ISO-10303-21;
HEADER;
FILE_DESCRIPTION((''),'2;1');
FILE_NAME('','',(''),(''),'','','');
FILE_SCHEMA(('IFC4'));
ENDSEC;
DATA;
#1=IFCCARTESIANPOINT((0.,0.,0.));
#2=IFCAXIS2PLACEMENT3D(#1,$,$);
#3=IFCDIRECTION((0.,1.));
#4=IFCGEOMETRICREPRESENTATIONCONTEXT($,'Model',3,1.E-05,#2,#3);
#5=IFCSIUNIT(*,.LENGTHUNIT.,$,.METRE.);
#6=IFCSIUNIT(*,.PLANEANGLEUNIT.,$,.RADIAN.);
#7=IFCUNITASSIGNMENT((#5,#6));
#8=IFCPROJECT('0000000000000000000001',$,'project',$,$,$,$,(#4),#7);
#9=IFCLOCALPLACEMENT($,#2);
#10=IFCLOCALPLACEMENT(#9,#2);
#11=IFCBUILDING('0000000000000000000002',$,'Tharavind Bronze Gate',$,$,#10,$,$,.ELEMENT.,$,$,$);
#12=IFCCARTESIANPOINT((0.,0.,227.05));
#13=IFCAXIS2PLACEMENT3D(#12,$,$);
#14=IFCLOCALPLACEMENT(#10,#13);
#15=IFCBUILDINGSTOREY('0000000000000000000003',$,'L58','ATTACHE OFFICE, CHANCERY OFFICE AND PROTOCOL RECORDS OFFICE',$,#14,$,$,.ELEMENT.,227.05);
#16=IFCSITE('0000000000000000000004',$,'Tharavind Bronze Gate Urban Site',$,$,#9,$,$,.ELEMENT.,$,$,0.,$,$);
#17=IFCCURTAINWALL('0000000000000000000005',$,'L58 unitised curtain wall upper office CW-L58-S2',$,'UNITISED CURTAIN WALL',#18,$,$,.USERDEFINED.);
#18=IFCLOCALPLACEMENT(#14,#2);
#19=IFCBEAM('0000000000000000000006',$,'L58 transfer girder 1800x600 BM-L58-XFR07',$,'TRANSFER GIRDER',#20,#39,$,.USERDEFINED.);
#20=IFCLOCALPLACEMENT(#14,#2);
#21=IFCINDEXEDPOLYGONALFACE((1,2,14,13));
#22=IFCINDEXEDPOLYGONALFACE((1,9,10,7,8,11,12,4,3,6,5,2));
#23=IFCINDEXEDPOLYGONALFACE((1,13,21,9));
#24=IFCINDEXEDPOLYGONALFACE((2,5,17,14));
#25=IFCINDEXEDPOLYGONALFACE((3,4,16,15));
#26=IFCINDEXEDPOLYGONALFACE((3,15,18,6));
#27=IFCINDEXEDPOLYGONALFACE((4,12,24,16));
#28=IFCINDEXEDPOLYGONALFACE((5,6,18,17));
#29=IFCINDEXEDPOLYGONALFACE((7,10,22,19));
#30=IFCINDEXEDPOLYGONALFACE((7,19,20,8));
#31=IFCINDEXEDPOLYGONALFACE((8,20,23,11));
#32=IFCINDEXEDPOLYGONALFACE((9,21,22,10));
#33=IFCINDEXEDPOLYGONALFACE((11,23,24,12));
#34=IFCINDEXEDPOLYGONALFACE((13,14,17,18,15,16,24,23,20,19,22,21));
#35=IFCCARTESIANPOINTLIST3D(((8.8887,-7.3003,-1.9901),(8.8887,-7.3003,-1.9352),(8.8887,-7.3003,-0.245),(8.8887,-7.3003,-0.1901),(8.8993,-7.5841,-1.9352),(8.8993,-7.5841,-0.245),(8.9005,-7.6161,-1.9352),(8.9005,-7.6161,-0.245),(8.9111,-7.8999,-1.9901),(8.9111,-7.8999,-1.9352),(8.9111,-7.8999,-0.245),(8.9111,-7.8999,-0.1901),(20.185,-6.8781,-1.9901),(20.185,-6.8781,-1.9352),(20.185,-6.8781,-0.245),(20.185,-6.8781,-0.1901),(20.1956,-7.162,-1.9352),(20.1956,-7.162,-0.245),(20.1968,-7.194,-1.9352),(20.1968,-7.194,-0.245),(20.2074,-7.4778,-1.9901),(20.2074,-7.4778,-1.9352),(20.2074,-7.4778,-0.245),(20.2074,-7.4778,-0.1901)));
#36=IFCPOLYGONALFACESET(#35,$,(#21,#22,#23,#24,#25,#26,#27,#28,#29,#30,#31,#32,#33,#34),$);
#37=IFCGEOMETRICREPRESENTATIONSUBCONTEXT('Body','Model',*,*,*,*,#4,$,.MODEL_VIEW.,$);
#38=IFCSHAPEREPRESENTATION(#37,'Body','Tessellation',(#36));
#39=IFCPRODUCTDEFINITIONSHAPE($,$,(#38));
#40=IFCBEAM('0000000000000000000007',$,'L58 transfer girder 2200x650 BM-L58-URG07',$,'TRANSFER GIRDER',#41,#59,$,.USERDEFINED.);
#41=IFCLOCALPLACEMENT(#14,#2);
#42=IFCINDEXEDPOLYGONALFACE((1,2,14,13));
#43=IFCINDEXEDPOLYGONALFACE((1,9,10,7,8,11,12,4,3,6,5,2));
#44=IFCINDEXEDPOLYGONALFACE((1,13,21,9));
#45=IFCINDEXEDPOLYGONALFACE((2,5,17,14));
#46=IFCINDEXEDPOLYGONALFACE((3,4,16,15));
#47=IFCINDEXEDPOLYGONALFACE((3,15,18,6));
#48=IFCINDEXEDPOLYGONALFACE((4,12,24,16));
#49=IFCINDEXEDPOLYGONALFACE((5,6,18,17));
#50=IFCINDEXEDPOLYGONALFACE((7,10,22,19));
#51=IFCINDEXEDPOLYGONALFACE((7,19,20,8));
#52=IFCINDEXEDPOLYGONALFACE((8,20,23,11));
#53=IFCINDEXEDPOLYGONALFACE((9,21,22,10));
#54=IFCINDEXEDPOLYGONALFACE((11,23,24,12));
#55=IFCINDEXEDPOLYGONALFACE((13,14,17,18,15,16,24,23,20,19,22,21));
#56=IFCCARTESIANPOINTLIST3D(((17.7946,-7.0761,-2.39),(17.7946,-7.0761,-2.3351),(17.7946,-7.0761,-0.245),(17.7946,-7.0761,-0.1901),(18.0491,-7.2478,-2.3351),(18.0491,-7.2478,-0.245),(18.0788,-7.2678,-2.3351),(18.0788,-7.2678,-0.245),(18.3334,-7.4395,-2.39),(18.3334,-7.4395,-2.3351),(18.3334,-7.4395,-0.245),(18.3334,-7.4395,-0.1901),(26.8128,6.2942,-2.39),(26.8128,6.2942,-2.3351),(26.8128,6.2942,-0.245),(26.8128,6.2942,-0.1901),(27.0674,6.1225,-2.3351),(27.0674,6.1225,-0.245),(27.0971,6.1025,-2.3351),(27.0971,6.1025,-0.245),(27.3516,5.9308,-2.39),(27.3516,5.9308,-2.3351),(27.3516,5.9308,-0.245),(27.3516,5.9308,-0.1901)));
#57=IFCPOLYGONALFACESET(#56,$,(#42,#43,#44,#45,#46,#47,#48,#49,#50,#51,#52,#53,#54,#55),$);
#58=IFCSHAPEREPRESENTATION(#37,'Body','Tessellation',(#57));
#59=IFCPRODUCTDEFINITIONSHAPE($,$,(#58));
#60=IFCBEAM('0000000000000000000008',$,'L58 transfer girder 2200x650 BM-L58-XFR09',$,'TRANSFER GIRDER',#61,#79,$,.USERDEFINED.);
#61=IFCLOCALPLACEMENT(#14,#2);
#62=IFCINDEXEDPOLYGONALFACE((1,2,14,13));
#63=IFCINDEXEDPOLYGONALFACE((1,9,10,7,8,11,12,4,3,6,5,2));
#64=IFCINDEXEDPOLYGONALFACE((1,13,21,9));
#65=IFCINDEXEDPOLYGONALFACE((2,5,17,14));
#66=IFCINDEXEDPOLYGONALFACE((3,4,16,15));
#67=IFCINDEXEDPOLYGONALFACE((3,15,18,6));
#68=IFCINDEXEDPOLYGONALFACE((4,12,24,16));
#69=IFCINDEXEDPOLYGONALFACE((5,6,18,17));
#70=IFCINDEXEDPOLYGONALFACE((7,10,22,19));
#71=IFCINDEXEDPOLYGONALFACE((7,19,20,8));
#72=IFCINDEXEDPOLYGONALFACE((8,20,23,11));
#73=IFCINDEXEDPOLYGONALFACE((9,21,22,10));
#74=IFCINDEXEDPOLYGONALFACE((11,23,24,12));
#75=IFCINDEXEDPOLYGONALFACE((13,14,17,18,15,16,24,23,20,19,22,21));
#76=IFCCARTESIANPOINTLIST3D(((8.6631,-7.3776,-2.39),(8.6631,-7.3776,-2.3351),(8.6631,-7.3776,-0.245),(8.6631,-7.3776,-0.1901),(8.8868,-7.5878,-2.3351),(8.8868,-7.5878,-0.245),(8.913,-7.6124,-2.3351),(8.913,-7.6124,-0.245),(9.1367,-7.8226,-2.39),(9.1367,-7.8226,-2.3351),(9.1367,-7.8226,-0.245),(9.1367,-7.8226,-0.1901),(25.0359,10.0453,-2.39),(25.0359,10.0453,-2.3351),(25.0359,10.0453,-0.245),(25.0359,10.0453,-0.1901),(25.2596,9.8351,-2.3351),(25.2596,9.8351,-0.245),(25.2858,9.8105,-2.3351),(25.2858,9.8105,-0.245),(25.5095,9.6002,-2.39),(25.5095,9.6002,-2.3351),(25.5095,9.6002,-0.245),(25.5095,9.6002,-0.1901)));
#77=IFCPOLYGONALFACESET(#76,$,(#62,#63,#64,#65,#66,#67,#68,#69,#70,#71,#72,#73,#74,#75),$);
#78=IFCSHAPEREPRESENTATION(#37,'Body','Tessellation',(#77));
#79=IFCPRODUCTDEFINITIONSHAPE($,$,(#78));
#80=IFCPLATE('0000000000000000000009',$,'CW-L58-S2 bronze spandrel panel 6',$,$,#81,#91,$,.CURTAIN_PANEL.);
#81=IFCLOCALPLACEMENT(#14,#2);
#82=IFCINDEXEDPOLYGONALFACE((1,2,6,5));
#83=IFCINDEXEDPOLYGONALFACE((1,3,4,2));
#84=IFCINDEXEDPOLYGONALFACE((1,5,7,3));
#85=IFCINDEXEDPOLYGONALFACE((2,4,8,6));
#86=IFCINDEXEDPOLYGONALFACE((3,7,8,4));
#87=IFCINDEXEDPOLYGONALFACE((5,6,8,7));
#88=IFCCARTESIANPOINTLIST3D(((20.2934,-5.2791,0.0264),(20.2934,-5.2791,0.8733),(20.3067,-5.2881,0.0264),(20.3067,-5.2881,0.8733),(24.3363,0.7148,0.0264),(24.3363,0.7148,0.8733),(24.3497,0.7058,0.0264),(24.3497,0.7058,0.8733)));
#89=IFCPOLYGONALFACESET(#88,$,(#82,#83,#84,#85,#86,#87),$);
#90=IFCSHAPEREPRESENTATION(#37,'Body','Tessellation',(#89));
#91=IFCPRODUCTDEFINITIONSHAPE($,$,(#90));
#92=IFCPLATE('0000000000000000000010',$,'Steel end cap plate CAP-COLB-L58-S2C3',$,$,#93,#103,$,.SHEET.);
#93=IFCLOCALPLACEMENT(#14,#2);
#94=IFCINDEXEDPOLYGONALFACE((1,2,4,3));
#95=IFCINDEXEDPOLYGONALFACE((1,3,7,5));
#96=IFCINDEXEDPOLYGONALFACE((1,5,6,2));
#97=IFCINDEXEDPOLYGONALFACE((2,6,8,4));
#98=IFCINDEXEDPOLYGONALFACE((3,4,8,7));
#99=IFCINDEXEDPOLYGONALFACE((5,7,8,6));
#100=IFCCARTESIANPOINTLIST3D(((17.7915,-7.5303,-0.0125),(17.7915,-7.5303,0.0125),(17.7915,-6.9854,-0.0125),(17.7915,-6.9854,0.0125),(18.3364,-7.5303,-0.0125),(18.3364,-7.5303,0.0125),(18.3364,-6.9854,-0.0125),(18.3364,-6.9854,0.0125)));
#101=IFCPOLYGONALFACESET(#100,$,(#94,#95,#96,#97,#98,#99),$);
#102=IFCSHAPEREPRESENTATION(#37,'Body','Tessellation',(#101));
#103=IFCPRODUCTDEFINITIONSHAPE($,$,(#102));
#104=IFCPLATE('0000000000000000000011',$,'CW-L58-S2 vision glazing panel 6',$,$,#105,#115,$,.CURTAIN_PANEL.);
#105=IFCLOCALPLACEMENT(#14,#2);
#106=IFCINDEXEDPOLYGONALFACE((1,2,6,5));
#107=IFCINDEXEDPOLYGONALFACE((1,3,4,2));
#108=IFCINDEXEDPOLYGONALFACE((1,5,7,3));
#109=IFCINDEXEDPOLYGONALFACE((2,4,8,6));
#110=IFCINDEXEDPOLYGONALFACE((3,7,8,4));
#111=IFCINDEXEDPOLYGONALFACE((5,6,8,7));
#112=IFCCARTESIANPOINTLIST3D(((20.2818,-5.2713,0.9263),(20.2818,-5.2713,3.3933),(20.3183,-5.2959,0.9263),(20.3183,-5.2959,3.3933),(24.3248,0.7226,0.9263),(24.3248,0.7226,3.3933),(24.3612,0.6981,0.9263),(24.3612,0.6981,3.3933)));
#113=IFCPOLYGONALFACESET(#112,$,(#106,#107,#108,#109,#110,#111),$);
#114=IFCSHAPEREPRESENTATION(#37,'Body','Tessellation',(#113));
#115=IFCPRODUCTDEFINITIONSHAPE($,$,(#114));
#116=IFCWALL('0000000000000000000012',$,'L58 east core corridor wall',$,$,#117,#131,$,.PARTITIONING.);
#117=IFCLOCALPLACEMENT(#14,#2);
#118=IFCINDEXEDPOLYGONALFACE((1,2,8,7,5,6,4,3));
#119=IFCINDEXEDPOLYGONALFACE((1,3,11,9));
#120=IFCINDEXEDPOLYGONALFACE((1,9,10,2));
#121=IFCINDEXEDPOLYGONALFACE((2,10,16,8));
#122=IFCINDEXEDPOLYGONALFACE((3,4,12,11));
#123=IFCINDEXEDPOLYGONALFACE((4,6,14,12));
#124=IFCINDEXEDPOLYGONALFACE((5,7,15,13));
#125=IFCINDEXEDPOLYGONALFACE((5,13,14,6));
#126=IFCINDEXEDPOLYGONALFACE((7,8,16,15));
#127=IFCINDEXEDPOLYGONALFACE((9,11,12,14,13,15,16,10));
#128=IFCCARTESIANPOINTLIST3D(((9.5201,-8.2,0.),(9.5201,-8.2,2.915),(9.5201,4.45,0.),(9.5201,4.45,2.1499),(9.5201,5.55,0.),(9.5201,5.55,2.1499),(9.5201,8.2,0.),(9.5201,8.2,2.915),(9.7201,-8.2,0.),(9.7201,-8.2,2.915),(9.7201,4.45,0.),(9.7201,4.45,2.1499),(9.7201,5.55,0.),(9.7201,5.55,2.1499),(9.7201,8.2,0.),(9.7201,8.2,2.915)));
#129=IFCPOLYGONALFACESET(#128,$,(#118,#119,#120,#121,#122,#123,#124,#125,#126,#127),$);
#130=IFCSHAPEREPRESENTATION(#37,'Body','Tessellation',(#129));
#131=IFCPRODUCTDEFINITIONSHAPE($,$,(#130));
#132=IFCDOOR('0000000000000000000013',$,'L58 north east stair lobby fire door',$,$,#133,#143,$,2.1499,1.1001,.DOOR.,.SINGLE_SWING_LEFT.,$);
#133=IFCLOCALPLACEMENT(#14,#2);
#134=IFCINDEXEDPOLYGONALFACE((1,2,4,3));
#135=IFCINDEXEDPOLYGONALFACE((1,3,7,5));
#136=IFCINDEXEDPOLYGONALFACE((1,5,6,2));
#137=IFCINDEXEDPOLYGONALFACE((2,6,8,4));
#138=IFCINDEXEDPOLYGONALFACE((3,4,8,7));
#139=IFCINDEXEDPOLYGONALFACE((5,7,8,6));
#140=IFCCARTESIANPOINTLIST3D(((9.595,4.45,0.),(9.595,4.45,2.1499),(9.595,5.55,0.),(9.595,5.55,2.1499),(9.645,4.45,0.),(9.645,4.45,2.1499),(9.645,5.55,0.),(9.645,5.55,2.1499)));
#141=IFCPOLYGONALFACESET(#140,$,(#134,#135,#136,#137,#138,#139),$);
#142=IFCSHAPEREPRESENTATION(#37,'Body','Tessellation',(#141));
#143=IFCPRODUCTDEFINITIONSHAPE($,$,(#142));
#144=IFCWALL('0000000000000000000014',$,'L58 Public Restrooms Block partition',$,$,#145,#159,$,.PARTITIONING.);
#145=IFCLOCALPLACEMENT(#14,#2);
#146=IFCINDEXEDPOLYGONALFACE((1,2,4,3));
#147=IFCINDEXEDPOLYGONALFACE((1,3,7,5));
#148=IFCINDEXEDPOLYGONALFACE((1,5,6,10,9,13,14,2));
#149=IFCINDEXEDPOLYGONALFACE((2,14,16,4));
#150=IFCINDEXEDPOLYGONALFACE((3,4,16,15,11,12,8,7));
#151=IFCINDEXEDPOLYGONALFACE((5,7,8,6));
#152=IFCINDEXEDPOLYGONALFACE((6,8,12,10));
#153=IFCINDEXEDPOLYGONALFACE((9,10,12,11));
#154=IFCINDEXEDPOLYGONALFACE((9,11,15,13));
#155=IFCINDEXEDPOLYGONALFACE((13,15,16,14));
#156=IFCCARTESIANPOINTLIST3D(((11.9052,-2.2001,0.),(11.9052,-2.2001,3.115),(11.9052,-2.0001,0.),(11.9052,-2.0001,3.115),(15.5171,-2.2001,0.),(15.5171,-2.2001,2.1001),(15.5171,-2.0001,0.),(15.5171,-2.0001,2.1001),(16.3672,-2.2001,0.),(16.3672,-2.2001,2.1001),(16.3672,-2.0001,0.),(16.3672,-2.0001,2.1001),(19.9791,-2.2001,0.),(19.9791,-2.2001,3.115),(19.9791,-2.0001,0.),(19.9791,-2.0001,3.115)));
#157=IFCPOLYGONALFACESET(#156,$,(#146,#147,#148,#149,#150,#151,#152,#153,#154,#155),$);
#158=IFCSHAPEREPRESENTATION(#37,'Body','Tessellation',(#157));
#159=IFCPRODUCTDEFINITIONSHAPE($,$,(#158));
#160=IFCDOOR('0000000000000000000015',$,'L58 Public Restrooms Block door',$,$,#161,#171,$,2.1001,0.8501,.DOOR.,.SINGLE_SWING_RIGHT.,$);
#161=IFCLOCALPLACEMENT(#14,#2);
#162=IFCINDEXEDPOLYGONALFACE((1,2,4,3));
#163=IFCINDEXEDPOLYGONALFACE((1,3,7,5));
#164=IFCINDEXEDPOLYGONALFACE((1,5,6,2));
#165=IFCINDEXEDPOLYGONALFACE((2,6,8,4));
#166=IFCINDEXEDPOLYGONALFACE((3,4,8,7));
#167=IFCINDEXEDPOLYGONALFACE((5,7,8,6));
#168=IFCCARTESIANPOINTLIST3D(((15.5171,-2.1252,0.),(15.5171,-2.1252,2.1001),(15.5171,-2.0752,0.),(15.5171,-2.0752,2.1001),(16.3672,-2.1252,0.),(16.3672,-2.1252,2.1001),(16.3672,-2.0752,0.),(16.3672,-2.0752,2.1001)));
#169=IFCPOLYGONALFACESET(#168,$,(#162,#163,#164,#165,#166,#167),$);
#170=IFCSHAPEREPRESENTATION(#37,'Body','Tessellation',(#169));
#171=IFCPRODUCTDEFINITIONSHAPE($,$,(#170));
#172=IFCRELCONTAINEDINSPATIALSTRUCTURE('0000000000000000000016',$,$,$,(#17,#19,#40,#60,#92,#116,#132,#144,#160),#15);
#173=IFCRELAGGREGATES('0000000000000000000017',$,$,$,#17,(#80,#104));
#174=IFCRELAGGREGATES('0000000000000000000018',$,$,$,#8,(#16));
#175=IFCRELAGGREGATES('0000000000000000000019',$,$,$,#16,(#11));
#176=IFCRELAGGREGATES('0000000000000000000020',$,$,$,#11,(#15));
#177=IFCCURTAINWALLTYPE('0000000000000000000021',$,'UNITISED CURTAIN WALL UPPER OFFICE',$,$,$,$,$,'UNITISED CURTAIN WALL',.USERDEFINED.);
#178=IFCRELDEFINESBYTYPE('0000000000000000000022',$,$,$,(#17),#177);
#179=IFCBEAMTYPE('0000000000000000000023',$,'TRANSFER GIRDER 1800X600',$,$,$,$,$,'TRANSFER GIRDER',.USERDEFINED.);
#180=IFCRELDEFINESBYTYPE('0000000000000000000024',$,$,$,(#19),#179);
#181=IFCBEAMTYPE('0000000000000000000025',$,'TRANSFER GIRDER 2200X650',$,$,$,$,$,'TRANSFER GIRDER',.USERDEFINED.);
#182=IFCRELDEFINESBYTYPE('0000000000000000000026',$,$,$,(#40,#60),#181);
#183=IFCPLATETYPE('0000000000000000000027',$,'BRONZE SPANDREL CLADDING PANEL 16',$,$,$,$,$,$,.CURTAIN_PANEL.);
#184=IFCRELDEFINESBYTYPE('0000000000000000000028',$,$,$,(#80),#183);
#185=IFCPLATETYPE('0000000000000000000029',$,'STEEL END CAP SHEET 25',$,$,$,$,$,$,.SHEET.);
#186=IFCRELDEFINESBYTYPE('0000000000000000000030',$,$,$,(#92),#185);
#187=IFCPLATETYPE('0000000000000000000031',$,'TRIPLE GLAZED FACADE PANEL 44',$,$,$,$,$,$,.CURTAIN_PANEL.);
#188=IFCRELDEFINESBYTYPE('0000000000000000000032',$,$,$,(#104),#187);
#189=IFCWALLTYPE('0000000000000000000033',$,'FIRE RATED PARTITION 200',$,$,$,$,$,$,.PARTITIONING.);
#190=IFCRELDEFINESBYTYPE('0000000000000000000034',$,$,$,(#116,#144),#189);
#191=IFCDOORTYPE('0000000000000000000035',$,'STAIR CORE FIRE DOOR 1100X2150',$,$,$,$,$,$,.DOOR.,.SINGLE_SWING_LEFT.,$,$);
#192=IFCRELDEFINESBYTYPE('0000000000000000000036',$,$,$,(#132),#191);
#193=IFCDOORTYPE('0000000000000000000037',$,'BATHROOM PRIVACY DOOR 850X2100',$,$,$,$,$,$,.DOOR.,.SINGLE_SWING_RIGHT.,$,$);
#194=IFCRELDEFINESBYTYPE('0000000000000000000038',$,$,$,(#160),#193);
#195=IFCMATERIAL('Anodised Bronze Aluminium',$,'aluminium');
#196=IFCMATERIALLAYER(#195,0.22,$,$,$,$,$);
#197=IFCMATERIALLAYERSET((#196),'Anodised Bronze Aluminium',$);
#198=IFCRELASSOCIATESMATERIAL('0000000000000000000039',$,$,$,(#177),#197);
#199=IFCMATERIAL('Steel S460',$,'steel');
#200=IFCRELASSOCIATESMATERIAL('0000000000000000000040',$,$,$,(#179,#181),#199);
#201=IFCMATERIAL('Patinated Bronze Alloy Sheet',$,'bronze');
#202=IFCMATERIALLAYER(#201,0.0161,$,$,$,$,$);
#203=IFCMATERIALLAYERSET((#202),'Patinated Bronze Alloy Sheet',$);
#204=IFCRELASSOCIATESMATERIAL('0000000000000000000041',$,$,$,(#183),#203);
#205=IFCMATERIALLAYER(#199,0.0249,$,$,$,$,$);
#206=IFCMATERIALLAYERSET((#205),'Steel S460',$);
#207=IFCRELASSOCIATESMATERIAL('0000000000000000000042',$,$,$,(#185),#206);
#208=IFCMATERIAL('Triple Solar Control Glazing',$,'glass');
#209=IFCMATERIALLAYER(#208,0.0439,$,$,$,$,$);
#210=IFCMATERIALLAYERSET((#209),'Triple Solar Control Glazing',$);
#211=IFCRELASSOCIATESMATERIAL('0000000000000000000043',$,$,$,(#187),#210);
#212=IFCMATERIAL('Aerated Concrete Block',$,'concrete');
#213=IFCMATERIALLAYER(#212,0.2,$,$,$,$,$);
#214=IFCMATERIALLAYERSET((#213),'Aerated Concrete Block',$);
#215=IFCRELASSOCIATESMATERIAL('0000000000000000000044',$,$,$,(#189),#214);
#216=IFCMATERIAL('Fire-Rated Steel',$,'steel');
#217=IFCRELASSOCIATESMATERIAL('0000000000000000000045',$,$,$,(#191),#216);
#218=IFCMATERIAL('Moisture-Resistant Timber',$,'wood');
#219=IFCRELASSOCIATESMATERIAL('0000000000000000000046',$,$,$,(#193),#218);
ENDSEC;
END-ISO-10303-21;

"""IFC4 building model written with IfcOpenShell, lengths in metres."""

from ifc_helpers import new_model, si_unit, direction, frame, frame_2d, origin, origin_2d, place, context, subcontext, project, spatial, rectangle, i_section, extrude, material, layer, layer_set, material_profile, profile_set, type_object, element, fill, aggregate, save


model = new_model("IFC4")

# Units and contexts
model_context = context("Model", 3, precision=1e-05, world=origin(), true_north=direction((0.0, 1.0)))
body_context = subcontext(model_context, "Body", "Model", "MODEL_VIEW")
ifc_project = project(units=[si_unit("LENGTHUNIT", "METRE"), si_unit("PLANEANGLEUNIT", "RADIAN")], contexts=[model_context])

# Site, building, storey
site_placement = place(None, origin())
site = spatial("IfcSite", under=ifc_project, at=site_placement, Name="Tharavind Bronze Gate Urban Site", CompositionType="ELEMENT", RefElevation=0.0)
building_placement = place(site_placement, origin())
building = spatial("IfcBuilding", under=site, at=building_placement, Name="Tharavind Bronze Gate", CompositionType="ELEMENT")
storey_placement = place(building_placement, frame((0.0, 0.0, 227.05)))
storey = spatial("IfcBuildingStorey", under=building, at=storey_placement, Name="L58", Description="ATTACHE OFFICE, CHANCERY OFFICE AND PROTOCOL RECORDS OFFICE", CompositionType="ELEMENT", Elevation=227.05)

# Shared definitions
ifc_material_1 = material(Name="Steel S460", Category="steel")

# Curtain wall
ifc_material_2 = material(Name="Anodised Bronze Aluminium", Category="aluminium")
ifc_layer_1 = layer(ifc_material_2, 0.22)
ifc_layer_set_1 = layer_set([ifc_layer_1], Name="Anodised Bronze Aluminium")
curtain_wall_type = type_object("IfcCurtainWallType", Name="UNITISED CURTAIN WALL UPPER OFFICE", ElementType="UNITISED CURTAIN WALL", PredefinedType="USERDEFINED", material=ifc_layer_set_1)
curtain_wall_placement = place(storey_placement, origin())
curtain_wall = element("IfcCurtainWall", 1, at=curtain_wall_placement, inside=storey, type_object=curtain_wall_type, Name="L58 unitised curtain wall upper office CW-L58-S2", ObjectType="UNITISED CURTAIN WALL", PredefinedType="USERDEFINED")

# Beams
ifc_material_profile_1 = material_profile(ifc_material_1, i_section(OverallWidth=0.6001, OverallDepth=1.8, WebThickness=0.032, FlangeThickness=0.0549, at=origin_2d()), Name="PG1800X600")
ifc_profile_set_1 = profile_set([ifc_material_profile_1], Name="Steel S460")
beam_type_1 = type_object("IfcBeamType", Name="TRANSFER GIRDER 1800X600", ElementType="TRANSFER GIRDER", PredefinedType="USERDEFINED", material=ifc_profile_set_1)
beam_1_placement = place(storey_placement, frame((8.8999, -7.6001, -1.0901), z_axis=(0.999303, 0.037342, 0.0), x_axis=(-0.037342, 0.999303, 0.0)))
element("IfcBeam", 2, at=beam_1_placement, inside=storey, type_object=beam_type_1, Name="L58 transfer girder 1800x600 BM-L58-XFR07", ObjectType="TRANSFER GIRDER", PredefinedType="USERDEFINED", context=body_context, shape_type="SweptSolid", body=[
    extrude(i_section(OverallWidth=0.6001, OverallDepth=1.8, WebThickness=0.032, FlangeThickness=0.0549, at=origin_2d()), origin(), (0.0, 0.0, 1.0), 11.3042),
])
ifc_material_profile_2 = material_profile(ifc_material_1, i_section(OverallWidth=0.6499, OverallDepth=2.2, WebThickness=0.0359, FlangeThickness=0.0549, at=origin_2d()), Name="PG2200X650")
ifc_profile_set_2 = profile_set([ifc_material_profile_2], Name="Steel S460")
beam_type_2 = type_object("IfcBeamType", Name="TRANSFER GIRDER 2200X650", ElementType="TRANSFER GIRDER", PredefinedType="USERDEFINED", material=ifc_profile_set_2)
beam_2_placement = place(storey_placement, frame((18.064, -7.2578, -1.29), z_axis=(0.559188, 0.829041, 0.0), x_axis=(-0.829041, 0.559188, 0.0)))
element("IfcBeam", 3, at=beam_2_placement, inside=storey, type_object=beam_type_2, Name="L58 transfer girder 2200x650 BM-L58-URG07", ObjectType="TRANSFER GIRDER", PredefinedType="USERDEFINED", context=body_context, shape_type="SweptSolid", body=[
    extrude(i_section(OverallWidth=0.6499, OverallDepth=2.2, WebThickness=0.0359, FlangeThickness=0.0549, at=origin_2d()), origin(), (0.0, 0.0, 1.0), 16.1274),
])
beam_3_placement = place(storey_placement, frame((8.8999, -7.6001, -1.29), z_axis=(0.684806, 0.728725, 0.0), x_axis=(-0.728725, 0.684806, 0.0)))
element("IfcBeam", 4, at=beam_3_placement, inside=storey, type_object=beam_type_2, Name="L58 transfer girder 2200x650 BM-L58-XFR09", ObjectType="TRANSFER GIRDER", PredefinedType="USERDEFINED", context=body_context, shape_type="SweptSolid", body=[
    extrude(i_section(OverallWidth=0.6499, OverallDepth=2.2, WebThickness=0.0359, FlangeThickness=0.0549, at=origin_2d()), origin(), (0.0, 0.0, 1.0), 23.9087),
])

# Plates
ifc_material_3 = material(Name="Patinated Bronze Alloy Sheet", Category="bronze")
ifc_layer_2 = layer(ifc_material_3, 0.0161)
ifc_layer_set_2 = layer_set([ifc_layer_2], Name="Patinated Bronze Alloy Sheet")
plate_type_1 = type_object("IfcPlateType", Name="BRONZE SPANDREL CLADDING PANEL 16", PredefinedType="CURTAIN_PANEL", material=ifc_layer_set_2)
plate_1_placement = place(storey_placement, frame((22.3215, -2.2866, 0.0264), z_axis=(0.0, 0.0, 1.0), x_axis=(0.559193, 0.829038, 0.0)))
plate_1 = element("IfcPlate", 5, at=plate_1_placement, type_object=plate_type_1, Name="CW-L58-S2 bronze spandrel panel 6", PredefinedType="CURTAIN_PANEL", context=body_context, shape_type="SweptSolid", body=[
    extrude(rectangle(XDim=7.23, YDim=0.0161, at=origin_2d()), origin(), (0.0, 0.0, 1.0), 0.8469),
])
ifc_layer_3 = layer(ifc_material_1, 0.0249)
ifc_layer_set_3 = layer_set([ifc_layer_3], Name="Steel S460")
plate_type_2 = type_object("IfcPlateType", Name="STEEL END CAP SHEET 25", PredefinedType="SHEET", material=ifc_layer_set_3)
plate_2_placement = place(storey_placement, frame((18.064, -7.2578, -0.0125), z_axis=(0.0, 0.0, 1.0), x_axis=(1.0, 0.0, 0.0)))
element("IfcPlate", 6, at=plate_2_placement, inside=storey, type_object=plate_type_2, Name="Steel end cap plate CAP-COLB-L58-S2C3", PredefinedType="SHEET", context=body_context, shape_type="SweptSolid", body=[
    extrude(rectangle(XDim=0.5449, YDim=0.5449, at=origin_2d()), origin(), (0.0, 0.0, 1.0), 0.0249),
])
ifc_material_4 = material(Name="Triple Solar Control Glazing", Category="glass")
ifc_layer_4 = layer(ifc_material_4, 0.0439)
ifc_layer_set_4 = layer_set([ifc_layer_4], Name="Triple Solar Control Glazing")
plate_type_3 = type_object("IfcPlateType", Name="TRIPLE GLAZED FACADE PANEL 44", PredefinedType="CURTAIN_PANEL", material=ifc_layer_set_4)
plate_3_placement = place(storey_placement, frame((22.3215, -2.2866, 0.9263), z_axis=(0.0, 0.0, 1.0), x_axis=(0.559193, 0.829038, 0.0)))
plate_3 = element("IfcPlate", 7, at=plate_3_placement, type_object=plate_type_3, Name="CW-L58-S2 vision glazing panel 6", PredefinedType="CURTAIN_PANEL", context=body_context, shape_type="SweptSolid", body=[
    extrude(rectangle(XDim=7.23, YDim=0.0439, at=origin_2d()), origin(), (0.0, 0.0, 1.0), 2.467),
])
aggregate(curtain_wall, [plate_1, plate_3])

# Walls, openings, doors
ifc_material_5 = material(Name="Aerated Concrete Block", Category="concrete")
ifc_layer_5 = layer(ifc_material_5, 0.2)
ifc_layer_set_5 = layer_set([ifc_layer_5], Name="Aerated Concrete Block")
wall_type_1 = type_object("IfcWallType", Name="FIRE RATED PARTITION 200", PredefinedType="PARTITIONING", material=ifc_layer_set_5)
wall_1_placement = place(storey_placement, frame((9.6201, -8.2, 0.0), z_axis=(0.0, 0.0, 1.0), x_axis=(0.0, 1.0, 0.0)))
wall_1 = element("IfcWall", 8, at=wall_1_placement, inside=storey, type_object=wall_type_1, Name="L58 east core corridor wall", PredefinedType="PARTITIONING", context=body_context, shape_type="SweptSolid", body=[
    extrude(rectangle(XDim=16.3999, YDim=0.2, at=frame_2d((8.2, 0.0))), origin(), (0.0, 0.0, 1.0), 2.915),
])
opening_1_placement = place(wall_1_placement, frame((12.6499, 0.0, 0.0)))
opening_1 = element("IfcOpeningElement", 9, at=opening_1_placement, cuts=wall_1, PredefinedType="OPENING", context=body_context, shape_type="SweptSolid", body=[
    extrude(rectangle(XDim=1.1001, YDim=2.1499, at=frame_2d((0.55, 1.075))), frame((0.0, 0.1101, 0.0), z_axis=(0.0, -1.0, 0.0), x_axis=(1.0, 0.0, 0.0)), (0.0, 0.0, 1.0), 0.22),
])
ifc_material_6 = material(Name="Fire-Rated Steel", Category="steel")
door_type_1 = type_object("IfcDoorType", Name="STAIR CORE FIRE DOOR 1100X2150", OperationType="SINGLE_SWING_LEFT", PredefinedType="DOOR", material=ifc_material_6)
door_1_placement = place(opening_1_placement, frame((1.1001, 0.0, 0.0), z_axis=(0.0, 0.0, 1.0), x_axis=(-1.0, 0.0, 0.0)))
door_1 = element("IfcDoor", 10, at=door_1_placement, inside=storey, type_object=door_type_1, Name="L58 north east stair lobby fire door", OperationType="SINGLE_SWING_LEFT", OverallHeight=2.1499, OverallWidth=1.1001, PredefinedType="DOOR", context=body_context, shape_type="SweptSolid", body=[
    extrude(rectangle(XDim=1.1001, YDim=2.1499, at=frame_2d((0.55, 1.075))), frame((0.0, 0.0249, 0.0), z_axis=(0.0, -1.0, 0.0), x_axis=(1.0, 0.0, 0.0)), (0.0, 0.0, 1.0), 0.05),
])
fill(opening_1, door_1)
wall_2_placement = place(storey_placement, frame((11.905, -2.1001, 0.0), z_axis=(0.0, 0.0, 1.0), x_axis=(1.0, 0.0, 0.0)))
wall_2 = element("IfcWall", 11, at=wall_2_placement, inside=storey, type_object=wall_type_1, Name="L58 Public Restrooms Block partition", PredefinedType="PARTITIONING", context=body_context, shape_type="SweptSolid", body=[
    extrude(rectangle(XDim=8.074, YDim=0.2, at=frame_2d((4.0371, 0.0))), origin(), (0.0, 0.0, 1.0), 3.115),
])
opening_2_placement = place(wall_2_placement, frame((3.6121, 0.0, 0.0)))
opening_2 = element("IfcOpeningElement", 12, at=opening_2_placement, cuts=wall_2, PredefinedType="OPENING", context=body_context, shape_type="SweptSolid", body=[
    extrude(rectangle(XDim=0.8501, YDim=2.1001, at=frame_2d((0.425, 1.05))), frame((0.0, 0.1101, 0.0), z_axis=(0.0, -1.0, 0.0), x_axis=(1.0, 0.0, 0.0)), (0.0, 0.0, 1.0), 0.22),
])
ifc_material_7 = material(Name="Moisture-Resistant Timber", Category="wood")
door_type_2 = type_object("IfcDoorType", Name="BATHROOM PRIVACY DOOR 850X2100", OperationType="SINGLE_SWING_RIGHT", PredefinedType="DOOR", material=ifc_material_7)
door_2_placement = place(opening_2_placement, origin())
door_2 = element("IfcDoor", 13, at=door_2_placement, inside=storey, type_object=door_type_2, Name="L58 Public Restrooms Block door", OperationType="SINGLE_SWING_RIGHT", OverallHeight=2.1001, OverallWidth=0.8501, PredefinedType="DOOR", context=body_context, shape_type="SweptSolid", body=[
    extrude(rectangle(XDim=0.8501, YDim=2.1001, at=frame_2d((0.425, 1.05))), frame((0.0, 0.0249, 0.0), z_axis=(0.0, -1.0, 0.0), x_axis=(1.0, 0.0, 0.0)), (0.0, 0.0, 1.0), 0.05),
])
fill(opening_2, door_2)

save(model, "model.ifc")
